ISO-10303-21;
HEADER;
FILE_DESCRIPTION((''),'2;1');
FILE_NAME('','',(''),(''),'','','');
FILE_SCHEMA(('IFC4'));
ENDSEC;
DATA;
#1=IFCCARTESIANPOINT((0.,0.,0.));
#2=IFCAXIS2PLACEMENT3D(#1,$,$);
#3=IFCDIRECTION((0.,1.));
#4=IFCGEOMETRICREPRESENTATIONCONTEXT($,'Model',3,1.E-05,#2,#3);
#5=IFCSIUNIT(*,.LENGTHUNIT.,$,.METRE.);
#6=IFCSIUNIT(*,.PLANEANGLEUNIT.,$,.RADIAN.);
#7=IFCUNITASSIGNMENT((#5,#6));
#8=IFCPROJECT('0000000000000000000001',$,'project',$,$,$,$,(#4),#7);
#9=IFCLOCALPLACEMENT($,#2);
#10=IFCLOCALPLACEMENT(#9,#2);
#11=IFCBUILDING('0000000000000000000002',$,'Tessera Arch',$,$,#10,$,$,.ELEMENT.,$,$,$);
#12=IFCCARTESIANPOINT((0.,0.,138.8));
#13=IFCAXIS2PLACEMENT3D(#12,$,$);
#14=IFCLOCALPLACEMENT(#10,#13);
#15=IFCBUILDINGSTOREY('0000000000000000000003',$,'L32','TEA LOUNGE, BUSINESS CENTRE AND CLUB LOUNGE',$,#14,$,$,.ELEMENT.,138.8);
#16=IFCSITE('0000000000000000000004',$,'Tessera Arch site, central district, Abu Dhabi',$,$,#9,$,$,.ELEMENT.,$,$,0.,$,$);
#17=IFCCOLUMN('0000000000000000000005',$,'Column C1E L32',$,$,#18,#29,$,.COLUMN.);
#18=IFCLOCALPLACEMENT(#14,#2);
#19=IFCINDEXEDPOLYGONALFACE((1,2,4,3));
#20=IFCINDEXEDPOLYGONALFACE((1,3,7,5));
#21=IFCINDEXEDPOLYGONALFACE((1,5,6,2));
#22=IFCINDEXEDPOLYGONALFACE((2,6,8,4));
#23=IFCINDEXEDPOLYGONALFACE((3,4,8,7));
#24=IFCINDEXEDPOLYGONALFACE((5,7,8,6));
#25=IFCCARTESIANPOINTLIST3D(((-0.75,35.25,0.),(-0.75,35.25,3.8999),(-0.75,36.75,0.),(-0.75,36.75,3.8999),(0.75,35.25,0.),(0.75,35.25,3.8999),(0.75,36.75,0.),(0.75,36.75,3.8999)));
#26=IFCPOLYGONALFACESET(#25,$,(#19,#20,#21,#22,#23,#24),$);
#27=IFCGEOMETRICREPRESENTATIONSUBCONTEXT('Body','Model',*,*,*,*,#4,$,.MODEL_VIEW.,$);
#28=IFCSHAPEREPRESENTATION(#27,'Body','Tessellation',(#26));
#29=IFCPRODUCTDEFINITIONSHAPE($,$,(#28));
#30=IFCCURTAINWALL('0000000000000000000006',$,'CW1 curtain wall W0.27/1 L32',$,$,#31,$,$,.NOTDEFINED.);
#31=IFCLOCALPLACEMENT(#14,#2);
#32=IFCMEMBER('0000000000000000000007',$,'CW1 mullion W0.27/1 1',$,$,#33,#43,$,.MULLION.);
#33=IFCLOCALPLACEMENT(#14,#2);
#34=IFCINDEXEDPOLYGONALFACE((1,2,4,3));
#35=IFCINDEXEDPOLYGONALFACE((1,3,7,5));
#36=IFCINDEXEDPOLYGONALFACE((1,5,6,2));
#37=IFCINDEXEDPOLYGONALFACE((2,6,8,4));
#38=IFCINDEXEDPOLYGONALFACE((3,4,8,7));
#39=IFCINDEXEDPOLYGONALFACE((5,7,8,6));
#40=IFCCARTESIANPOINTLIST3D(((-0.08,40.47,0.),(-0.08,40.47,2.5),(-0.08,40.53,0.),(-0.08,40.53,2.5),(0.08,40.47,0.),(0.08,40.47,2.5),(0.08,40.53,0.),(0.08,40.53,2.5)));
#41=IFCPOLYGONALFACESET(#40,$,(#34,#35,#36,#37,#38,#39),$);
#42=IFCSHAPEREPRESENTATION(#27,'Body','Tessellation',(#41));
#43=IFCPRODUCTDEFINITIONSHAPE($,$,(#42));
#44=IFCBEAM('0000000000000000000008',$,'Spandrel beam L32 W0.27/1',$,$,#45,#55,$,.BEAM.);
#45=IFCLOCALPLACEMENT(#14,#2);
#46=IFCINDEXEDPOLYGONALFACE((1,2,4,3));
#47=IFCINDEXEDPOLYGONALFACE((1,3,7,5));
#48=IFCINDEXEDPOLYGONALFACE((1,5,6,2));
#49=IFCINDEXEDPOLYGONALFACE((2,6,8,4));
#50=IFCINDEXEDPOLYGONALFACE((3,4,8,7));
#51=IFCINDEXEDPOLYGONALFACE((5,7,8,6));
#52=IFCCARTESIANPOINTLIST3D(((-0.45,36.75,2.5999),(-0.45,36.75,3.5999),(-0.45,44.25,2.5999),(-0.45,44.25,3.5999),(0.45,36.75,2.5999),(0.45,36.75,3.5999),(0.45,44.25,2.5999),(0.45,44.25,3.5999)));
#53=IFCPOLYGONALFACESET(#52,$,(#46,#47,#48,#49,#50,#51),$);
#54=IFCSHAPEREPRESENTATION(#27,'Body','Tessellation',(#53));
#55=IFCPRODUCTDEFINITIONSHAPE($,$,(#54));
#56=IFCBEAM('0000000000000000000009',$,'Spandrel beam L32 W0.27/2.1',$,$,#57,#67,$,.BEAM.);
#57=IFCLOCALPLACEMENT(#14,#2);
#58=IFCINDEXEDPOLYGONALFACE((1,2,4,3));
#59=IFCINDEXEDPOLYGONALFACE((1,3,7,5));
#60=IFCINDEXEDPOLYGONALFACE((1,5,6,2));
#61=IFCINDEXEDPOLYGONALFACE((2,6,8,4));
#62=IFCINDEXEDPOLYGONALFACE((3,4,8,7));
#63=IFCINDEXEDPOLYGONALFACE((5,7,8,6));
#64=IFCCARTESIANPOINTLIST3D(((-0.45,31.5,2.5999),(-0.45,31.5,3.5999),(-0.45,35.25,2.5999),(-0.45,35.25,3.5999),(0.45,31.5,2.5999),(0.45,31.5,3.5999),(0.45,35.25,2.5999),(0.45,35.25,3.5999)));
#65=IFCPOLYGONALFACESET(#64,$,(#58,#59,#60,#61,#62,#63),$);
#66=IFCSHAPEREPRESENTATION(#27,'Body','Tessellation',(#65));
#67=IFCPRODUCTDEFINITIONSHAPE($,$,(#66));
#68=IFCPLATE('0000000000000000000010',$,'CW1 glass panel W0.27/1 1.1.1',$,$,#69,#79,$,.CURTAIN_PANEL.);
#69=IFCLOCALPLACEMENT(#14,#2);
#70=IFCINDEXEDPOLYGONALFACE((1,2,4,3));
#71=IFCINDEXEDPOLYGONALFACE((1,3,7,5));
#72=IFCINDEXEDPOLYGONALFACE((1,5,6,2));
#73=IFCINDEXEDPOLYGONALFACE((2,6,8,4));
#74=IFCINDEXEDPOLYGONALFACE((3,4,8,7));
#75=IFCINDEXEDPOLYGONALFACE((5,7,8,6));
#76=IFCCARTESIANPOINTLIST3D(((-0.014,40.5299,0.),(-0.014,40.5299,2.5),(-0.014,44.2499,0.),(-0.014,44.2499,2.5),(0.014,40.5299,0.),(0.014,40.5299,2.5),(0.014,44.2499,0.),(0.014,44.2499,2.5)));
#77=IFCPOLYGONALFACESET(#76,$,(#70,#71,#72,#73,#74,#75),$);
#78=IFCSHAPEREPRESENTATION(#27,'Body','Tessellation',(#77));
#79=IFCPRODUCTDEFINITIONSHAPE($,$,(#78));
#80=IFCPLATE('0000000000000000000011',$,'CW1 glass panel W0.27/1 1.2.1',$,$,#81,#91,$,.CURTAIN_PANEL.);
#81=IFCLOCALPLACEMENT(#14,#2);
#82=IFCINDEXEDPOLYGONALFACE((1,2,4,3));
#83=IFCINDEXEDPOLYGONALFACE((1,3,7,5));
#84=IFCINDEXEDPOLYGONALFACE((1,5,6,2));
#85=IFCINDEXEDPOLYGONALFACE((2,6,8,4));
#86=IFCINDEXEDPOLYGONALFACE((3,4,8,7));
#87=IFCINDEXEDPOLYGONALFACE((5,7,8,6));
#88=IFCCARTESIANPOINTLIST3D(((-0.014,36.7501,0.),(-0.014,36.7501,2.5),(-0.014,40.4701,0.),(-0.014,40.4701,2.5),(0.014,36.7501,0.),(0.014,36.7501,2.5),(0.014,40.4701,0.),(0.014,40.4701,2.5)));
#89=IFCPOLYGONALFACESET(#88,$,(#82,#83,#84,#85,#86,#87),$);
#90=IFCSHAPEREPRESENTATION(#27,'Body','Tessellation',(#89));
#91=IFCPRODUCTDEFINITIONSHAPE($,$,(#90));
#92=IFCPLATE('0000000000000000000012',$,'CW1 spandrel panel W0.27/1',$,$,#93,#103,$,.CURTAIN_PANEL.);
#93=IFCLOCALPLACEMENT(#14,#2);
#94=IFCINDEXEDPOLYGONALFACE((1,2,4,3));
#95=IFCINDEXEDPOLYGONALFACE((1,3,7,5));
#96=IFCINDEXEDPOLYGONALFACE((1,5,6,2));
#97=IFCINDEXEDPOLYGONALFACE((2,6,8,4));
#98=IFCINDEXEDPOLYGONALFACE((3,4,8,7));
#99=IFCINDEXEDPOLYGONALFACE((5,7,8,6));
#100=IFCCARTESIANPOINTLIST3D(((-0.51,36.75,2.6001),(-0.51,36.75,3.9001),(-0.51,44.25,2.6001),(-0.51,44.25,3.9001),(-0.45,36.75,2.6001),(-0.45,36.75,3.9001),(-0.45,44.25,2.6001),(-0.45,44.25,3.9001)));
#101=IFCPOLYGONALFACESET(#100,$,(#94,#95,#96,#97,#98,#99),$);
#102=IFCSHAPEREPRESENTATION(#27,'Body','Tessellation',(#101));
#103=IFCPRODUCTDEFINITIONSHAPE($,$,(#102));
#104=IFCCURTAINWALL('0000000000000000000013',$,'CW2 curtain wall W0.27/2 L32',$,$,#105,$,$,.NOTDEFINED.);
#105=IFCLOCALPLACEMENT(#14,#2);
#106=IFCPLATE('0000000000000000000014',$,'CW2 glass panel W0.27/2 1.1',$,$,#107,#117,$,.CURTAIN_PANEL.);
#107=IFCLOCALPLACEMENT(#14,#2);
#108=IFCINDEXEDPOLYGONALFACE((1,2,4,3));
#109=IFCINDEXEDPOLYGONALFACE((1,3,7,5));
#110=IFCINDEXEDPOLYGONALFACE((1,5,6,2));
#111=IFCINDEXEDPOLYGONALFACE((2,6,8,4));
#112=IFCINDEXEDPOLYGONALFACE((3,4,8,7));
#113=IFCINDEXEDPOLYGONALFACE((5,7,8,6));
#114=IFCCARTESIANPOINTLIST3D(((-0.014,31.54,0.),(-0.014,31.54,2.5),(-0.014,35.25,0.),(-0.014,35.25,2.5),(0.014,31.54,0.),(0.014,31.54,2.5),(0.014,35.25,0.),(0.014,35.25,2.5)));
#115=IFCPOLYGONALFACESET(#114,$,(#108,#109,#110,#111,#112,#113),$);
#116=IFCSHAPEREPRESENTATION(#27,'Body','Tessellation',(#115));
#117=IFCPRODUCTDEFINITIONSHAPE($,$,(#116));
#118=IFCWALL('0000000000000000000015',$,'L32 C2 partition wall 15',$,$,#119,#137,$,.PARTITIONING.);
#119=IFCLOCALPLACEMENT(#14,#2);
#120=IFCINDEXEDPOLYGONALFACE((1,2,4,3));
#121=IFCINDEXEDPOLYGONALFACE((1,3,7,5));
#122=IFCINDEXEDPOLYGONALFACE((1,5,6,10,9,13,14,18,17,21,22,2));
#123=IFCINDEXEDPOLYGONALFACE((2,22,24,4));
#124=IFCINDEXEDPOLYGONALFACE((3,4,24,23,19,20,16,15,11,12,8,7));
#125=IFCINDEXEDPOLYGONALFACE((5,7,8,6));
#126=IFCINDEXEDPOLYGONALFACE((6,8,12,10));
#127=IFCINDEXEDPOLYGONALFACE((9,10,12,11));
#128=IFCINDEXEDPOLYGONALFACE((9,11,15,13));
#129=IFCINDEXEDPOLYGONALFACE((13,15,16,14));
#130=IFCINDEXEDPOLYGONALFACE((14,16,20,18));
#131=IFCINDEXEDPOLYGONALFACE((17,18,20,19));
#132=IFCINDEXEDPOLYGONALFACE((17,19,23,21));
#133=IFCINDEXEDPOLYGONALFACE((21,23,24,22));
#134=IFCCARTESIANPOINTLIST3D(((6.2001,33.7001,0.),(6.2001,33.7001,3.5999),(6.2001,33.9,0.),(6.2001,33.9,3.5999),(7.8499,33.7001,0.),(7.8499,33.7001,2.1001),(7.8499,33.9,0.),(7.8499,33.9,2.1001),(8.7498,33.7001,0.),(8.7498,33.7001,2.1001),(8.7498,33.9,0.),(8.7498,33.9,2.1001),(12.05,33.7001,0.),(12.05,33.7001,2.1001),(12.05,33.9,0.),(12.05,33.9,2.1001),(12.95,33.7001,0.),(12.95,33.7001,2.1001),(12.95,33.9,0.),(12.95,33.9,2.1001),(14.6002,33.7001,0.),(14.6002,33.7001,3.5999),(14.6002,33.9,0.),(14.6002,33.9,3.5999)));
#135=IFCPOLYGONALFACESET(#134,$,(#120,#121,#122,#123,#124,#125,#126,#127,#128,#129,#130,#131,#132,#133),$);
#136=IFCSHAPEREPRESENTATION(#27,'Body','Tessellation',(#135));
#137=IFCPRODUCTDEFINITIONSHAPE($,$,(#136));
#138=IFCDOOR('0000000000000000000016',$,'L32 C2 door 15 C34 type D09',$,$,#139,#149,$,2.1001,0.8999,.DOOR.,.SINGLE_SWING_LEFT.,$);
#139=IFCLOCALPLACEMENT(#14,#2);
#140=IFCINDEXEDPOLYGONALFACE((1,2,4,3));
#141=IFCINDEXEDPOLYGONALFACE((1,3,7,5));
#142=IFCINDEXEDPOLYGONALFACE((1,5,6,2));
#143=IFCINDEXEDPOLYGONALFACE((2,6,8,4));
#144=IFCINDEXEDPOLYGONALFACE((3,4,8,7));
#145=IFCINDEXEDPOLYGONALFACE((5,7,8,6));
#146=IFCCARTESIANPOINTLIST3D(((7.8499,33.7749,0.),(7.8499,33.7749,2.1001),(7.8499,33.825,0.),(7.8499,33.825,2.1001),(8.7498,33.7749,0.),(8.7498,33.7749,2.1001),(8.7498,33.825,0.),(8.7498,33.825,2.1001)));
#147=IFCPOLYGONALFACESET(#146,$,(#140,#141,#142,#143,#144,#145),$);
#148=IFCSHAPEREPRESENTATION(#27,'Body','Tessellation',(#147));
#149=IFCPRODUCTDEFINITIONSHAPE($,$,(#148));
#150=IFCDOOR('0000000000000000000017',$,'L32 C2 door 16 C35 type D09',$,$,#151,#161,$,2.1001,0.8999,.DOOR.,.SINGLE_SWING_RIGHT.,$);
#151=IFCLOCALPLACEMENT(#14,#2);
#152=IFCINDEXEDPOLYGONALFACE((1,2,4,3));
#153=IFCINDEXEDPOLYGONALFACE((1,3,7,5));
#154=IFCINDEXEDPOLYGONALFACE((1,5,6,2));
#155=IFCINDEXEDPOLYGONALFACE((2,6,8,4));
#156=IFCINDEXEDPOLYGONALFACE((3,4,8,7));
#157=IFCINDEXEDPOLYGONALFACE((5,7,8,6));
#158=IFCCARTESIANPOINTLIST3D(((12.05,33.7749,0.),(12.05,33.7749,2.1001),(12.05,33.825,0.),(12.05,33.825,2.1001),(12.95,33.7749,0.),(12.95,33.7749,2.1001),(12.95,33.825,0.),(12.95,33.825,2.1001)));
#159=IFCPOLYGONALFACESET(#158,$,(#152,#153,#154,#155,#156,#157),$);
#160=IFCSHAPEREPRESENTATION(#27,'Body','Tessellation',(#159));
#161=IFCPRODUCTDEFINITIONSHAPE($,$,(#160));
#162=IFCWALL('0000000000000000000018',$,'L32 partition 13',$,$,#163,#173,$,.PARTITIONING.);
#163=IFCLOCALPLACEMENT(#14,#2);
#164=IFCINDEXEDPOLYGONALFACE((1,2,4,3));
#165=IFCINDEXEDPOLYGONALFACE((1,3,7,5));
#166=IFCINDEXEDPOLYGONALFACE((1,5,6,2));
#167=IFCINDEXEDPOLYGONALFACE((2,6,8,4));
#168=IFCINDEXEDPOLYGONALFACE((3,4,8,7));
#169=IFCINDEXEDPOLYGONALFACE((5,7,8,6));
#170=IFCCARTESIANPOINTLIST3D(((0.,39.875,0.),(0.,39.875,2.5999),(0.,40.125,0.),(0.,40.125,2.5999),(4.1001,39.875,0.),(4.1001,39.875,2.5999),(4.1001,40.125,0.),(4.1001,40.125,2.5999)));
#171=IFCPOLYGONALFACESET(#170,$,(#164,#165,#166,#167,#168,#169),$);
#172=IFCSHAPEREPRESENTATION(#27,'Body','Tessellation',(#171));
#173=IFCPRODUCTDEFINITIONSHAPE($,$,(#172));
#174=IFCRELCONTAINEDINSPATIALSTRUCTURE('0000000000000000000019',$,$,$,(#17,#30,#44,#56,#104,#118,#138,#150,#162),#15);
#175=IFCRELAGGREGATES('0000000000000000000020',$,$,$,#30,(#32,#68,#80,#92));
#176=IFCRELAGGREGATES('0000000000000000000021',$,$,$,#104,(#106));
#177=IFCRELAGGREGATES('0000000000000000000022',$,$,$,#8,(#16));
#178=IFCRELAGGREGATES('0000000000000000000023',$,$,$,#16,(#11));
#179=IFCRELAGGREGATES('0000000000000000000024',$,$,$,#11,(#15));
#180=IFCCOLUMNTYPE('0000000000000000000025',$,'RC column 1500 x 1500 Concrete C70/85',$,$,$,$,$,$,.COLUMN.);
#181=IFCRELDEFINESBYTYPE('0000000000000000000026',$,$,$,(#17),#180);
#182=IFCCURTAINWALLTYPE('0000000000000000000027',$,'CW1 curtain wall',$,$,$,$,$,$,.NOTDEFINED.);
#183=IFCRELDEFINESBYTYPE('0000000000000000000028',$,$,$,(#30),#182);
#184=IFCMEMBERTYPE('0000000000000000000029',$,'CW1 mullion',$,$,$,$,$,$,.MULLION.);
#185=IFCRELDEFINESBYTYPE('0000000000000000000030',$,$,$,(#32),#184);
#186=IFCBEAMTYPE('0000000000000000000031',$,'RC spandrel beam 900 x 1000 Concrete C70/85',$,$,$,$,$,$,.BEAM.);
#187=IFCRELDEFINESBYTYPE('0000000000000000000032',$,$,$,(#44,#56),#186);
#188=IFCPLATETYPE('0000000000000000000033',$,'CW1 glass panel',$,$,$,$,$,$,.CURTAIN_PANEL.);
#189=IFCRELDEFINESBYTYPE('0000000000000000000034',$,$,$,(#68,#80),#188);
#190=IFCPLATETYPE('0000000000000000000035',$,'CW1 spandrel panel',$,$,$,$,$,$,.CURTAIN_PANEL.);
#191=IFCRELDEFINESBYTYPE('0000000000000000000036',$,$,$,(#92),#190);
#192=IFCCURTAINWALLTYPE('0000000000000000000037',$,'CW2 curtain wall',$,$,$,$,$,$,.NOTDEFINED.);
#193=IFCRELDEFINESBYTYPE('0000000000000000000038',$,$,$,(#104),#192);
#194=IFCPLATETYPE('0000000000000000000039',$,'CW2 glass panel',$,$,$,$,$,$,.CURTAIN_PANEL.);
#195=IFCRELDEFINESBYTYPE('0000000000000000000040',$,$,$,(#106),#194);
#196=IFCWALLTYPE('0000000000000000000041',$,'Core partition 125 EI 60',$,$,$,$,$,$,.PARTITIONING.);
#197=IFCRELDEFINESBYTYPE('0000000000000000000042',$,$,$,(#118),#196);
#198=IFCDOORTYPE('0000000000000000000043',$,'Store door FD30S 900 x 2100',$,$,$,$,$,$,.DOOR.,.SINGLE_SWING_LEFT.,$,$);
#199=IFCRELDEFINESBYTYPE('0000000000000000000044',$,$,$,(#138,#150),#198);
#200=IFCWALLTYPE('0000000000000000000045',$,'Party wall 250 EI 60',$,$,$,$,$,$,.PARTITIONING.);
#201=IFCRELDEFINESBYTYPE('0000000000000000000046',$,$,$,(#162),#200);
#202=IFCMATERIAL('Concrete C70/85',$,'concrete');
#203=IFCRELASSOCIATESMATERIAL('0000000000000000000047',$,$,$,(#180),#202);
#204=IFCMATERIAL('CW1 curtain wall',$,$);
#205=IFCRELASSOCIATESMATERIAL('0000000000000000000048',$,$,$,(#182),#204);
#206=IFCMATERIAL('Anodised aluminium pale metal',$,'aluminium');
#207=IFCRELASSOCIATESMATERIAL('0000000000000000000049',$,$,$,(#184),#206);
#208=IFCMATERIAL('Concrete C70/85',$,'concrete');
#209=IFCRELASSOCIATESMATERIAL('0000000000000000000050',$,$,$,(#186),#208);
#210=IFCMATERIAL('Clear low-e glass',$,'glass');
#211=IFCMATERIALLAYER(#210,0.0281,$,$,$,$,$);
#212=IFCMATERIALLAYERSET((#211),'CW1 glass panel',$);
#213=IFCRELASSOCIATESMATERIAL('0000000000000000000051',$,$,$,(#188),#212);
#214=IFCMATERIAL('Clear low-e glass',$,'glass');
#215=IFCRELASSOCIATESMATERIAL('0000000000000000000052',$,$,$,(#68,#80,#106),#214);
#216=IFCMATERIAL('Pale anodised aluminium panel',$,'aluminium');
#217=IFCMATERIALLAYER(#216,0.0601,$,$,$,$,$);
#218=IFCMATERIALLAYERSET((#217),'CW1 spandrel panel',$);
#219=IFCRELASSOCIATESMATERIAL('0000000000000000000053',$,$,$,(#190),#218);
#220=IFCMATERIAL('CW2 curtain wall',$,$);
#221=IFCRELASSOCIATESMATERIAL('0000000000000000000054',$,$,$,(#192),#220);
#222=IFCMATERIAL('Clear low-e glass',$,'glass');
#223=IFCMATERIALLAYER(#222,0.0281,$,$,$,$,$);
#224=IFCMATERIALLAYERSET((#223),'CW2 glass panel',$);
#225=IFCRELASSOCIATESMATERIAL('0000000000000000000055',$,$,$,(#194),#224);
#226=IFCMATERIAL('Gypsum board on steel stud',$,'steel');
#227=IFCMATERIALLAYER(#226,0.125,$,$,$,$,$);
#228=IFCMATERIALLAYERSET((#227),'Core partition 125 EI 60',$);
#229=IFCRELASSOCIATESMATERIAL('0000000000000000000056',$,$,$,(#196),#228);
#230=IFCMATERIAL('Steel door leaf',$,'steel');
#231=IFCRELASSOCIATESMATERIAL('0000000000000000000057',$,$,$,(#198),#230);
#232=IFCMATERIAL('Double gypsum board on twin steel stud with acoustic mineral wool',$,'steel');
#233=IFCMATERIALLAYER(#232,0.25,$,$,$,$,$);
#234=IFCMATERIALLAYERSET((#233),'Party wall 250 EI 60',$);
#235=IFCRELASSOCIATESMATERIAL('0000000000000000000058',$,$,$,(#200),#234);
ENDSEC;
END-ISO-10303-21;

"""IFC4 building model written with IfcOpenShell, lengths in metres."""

from ifc_helpers import new_model, si_unit, direction, frame, frame_2d, origin, origin_2d, place, context, subcontext, project, spatial, rectangle, extrude, material, layer, layer_set, material_profile, profile_set, type_object, element, fill, aggregate, save


model = new_model("IFC4")

# Units and contexts
model_context = context("Model", 3, precision=1e-05, world=origin(), true_north=direction((0.0, 1.0)))
body_context = subcontext(model_context, "Body", "Model", "MODEL_VIEW")
ifc_project = project(units=[si_unit("LENGTHUNIT", "METRE"), si_unit("PLANEANGLEUNIT", "RADIAN")], contexts=[model_context])

# Site, building, storey
site_placement = place(None, origin())
site = spatial("IfcSite", under=ifc_project, at=site_placement, Name="Tessera Arch site, central district, Abu Dhabi", CompositionType="ELEMENT", RefElevation=0.0)
building_placement = place(site_placement, origin())
building = spatial("IfcBuilding", under=site, at=building_placement, Name="Tessera Arch", CompositionType="ELEMENT")
storey_placement = place(building_placement, frame((0.0, 0.0, 138.8)))
storey = spatial("IfcBuildingStorey", under=building, at=storey_placement, Name="L32", Description="TEA LOUNGE, BUSINESS CENTRE AND CLUB LOUNGE", CompositionType="ELEMENT", Elevation=138.8)

# Column
ifc_material_1 = material(Name="Concrete C70/85", Category="concrete")
ifc_material_profile_1 = material_profile(ifc_material_1, rectangle(XDim=1.5, YDim=1.5, at=origin_2d()), Name="RC column 1500 x 1500 Concrete C70/85")
ifc_profile_set_1 = profile_set([ifc_material_profile_1], Name="Concrete C70/85")
column_type = type_object("IfcColumnType", Name="RC column 1500 x 1500 Concrete C70/85", PredefinedType="COLUMN", material=ifc_profile_set_1)
column_placement = place(storey_placement, frame((0.0, 36.0, 0.0), z_axis=(0.0, 0.0, 1.0), x_axis=(1.0, 0.0, 0.0)))
element("IfcColumn", 1, at=column_placement, inside=storey, type_object=column_type, Name="Column C1E L32", PredefinedType="COLUMN", context=body_context, shape_type="SweptSolid", body=[
    extrude(rectangle(XDim=1.5, YDim=1.5, at=origin_2d()), origin(), (0.0, 0.0, 1.0), 3.8999),
])

# Curtain wall, member
ifc_material_2 = material(Name="CW1 curtain wall")
curtain_wall_type_1 = type_object("IfcCurtainWallType", Name="CW1 curtain wall", PredefinedType="NOTDEFINED", material=ifc_material_2)
curtain_wall_1_placement = place(storey_placement, origin())
curtain_wall_1 = element("IfcCurtainWall", 2, at=curtain_wall_1_placement, inside=storey, type_object=curtain_wall_type_1, Name="CW1 curtain wall W0.27/1 L32", PredefinedType="NOTDEFINED")
ifc_material_3 = material(Name="Anodised aluminium pale metal", Category="aluminium")
ifc_material_profile_2 = material_profile(ifc_material_3, rectangle(XDim=0.1599, YDim=0.0601, at=origin_2d()), Name="AL 60x160")
ifc_profile_set_2 = profile_set([ifc_material_profile_2], Name="Anodised aluminium pale metal")
member_type = type_object("IfcMemberType", Name="CW1 mullion", PredefinedType="MULLION", material=ifc_profile_set_2)
member_placement = place(storey_placement, frame((0.0, 40.5, 0.0), z_axis=(0.0, 0.0, 1.0), x_axis=(1.0, 0.0, 0.0)))
member = element("IfcMember", 3, at=member_placement, type_object=member_type, Name="CW1 mullion W0.27/1 1", PredefinedType="MULLION", context=body_context, shape_type="SweptSolid", body=[
    extrude(rectangle(XDim=0.1599, YDim=0.0601, at=origin_2d()), origin(), (0.0, 0.0, 1.0), 2.5),
])

# Beams
ifc_material_4 = material(Name="Concrete C70/85", Category="concrete")
ifc_material_profile_3 = material_profile(ifc_material_4, rectangle(XDim=0.8999, YDim=1.0, at=origin_2d()), Name="RC spandrel beam 900 x 1000 Concrete C70/85")
ifc_profile_set_3 = profile_set([ifc_material_profile_3], Name="Concrete C70/85")
beam_type = type_object("IfcBeamType", Name="RC spandrel beam 900 x 1000 Concrete C70/85", PredefinedType="BEAM", material=ifc_profile_set_3)
beam_1_placement = place(storey_placement, frame((0.0, 44.25, 3.0999), z_axis=(0.0, -1.0, 0.0), x_axis=(1.0, 0.0, 0.0)))
element("IfcBeam", 4, at=beam_1_placement, inside=storey, type_object=beam_type, Name="Spandrel beam L32 W0.27/1", PredefinedType="BEAM", context=body_context, shape_type="SweptSolid", body=[
    extrude(rectangle(XDim=0.8999, YDim=1.0, at=origin_2d()), origin(), (0.0, 0.0, 1.0), 7.5),
])
beam_2_placement = place(storey_placement, frame((0.0, 35.25, 3.0999), z_axis=(0.0, -1.0, 0.0), x_axis=(1.0, 0.0, 0.0)))
element("IfcBeam", 5, at=beam_2_placement, inside=storey, type_object=beam_type, Name="Spandrel beam L32 W0.27/2.1", PredefinedType="BEAM", context=body_context, shape_type="SweptSolid", body=[
    extrude(rectangle(XDim=0.8999, YDim=1.0, at=origin_2d()), origin(), (0.0, 0.0, 1.0), 3.75),
])

# Plates
ifc_material_5 = material(Name="Clear low-e glass", Category="glass")
ifc_material_6 = material(Name="Clear low-e glass", Category="glass")
ifc_layer_1 = layer(ifc_material_6, 0.0281)
ifc_layer_set_1 = layer_set([ifc_layer_1], Name="CW1 glass panel")
plate_type_1 = type_object("IfcPlateType", Name="CW1 glass panel", PredefinedType="CURTAIN_PANEL", material=ifc_layer_set_1)
plate_1_placement = place(storey_placement, frame((0.0, 42.3899, 0.0), z_axis=(0.0, 0.0, 1.0), x_axis=(0.0, -1.0, 0.0)))
plate_1 = element("IfcPlate", 6, at=plate_1_placement, type_object=plate_type_1, material=ifc_material_5, Name="CW1 glass panel W0.27/1 1.1.1", PredefinedType="CURTAIN_PANEL", context=body_context, shape_type="SweptSolid", body=[
    extrude(rectangle(XDim=3.72, YDim=0.0281, at=origin_2d()), origin(), (0.0, 0.0, 1.0), 2.5),
])
plate_2_placement = place(storey_placement, frame((0.0, 38.6101, 0.0), z_axis=(0.0, 0.0, 1.0), x_axis=(0.0, -1.0, 0.0)))
plate_2 = element("IfcPlate", 7, at=plate_2_placement, type_object=plate_type_1, material=ifc_material_5, Name="CW1 glass panel W0.27/1 1.2.1", PredefinedType="CURTAIN_PANEL", context=body_context, shape_type="SweptSolid", body=[
    extrude(rectangle(XDim=3.72, YDim=0.0281, at=origin_2d()), origin(), (0.0, 0.0, 1.0), 2.5),
])
ifc_material_7 = material(Name="Pale anodised aluminium panel", Category="aluminium")
ifc_layer_2 = layer(ifc_material_7, 0.0601)
ifc_layer_set_2 = layer_set([ifc_layer_2], Name="CW1 spandrel panel")
plate_type_2 = type_object("IfcPlateType", Name="CW1 spandrel panel", PredefinedType="CURTAIN_PANEL", material=ifc_layer_set_2)
plate_3_placement = place(storey_placement, frame((-0.48, 40.5, 2.6001), z_axis=(0.0, 0.0, 1.0), x_axis=(0.0, -1.0, 0.0)))
plate_3 = element("IfcPlate", 8, at=plate_3_placement, type_object=plate_type_2, Name="CW1 spandrel panel W0.27/1", PredefinedType="CURTAIN_PANEL", context=body_context, shape_type="SweptSolid", body=[
    extrude(rectangle(XDim=7.5, YDim=0.0601, at=origin_2d()), origin(), (0.0, 0.0, 1.0), 1.3),
])
aggregate(curtain_wall_1, [member, plate_1, plate_2, plate_3])

# Curtain wall, plate
ifc_material_8 = material(Name="CW2 curtain wall")
curtain_wall_type_2 = type_object("IfcCurtainWallType", Name="CW2 curtain wall", PredefinedType="NOTDEFINED", material=ifc_material_8)
curtain_wall_2_placement = place(storey_placement, origin())
curtain_wall_2 = element("IfcCurtainWall", 9, at=curtain_wall_2_placement, inside=storey, type_object=curtain_wall_type_2, Name="CW2 curtain wall W0.27/2 L32", PredefinedType="NOTDEFINED")
ifc_material_9 = material(Name="Clear low-e glass", Category="glass")
ifc_layer_3 = layer(ifc_material_9, 0.0281)
ifc_layer_set_3 = layer_set([ifc_layer_3], Name="CW2 glass panel")
plate_type_3 = type_object("IfcPlateType", Name="CW2 glass panel", PredefinedType="CURTAIN_PANEL", material=ifc_layer_set_3)
plate_4_placement = place(storey_placement, frame((0.0, 33.395, 0.0), z_axis=(0.0, 0.0, 1.0), x_axis=(0.0, -1.0, 0.0)))
plate_4 = element("IfcPlate", 10, at=plate_4_placement, type_object=plate_type_3, material=ifc_material_5, Name="CW2 glass panel W0.27/2 1.1", PredefinedType="CURTAIN_PANEL", context=body_context, shape_type="SweptSolid", body=[
    extrude(rectangle(XDim=3.71, YDim=0.0281, at=origin_2d()), origin(), (0.0, 0.0, 1.0), 2.5),
])
aggregate(curtain_wall_2, [plate_4])

# Wall, openings, doors
ifc_material_10 = material(Name="Gypsum board on steel stud", Category="steel")
ifc_layer_4 = layer(ifc_material_10, 0.125)
ifc_layer_set_4 = layer_set([ifc_layer_4], Name="Core partition 125 EI 60")
wall_type_1 = type_object("IfcWallType", Name="Core partition 125 EI 60", PredefinedType="PARTITIONING", material=ifc_layer_set_4)
wall_1_placement = place(storey_placement, frame((6.2, 33.8, 0.0), z_axis=(0.0, 0.0, 1.0), x_axis=(1.0, 0.0, 0.0)))
wall_1 = element("IfcWall", 11, at=wall_1_placement, inside=storey, type_object=wall_type_1, Name="L32 C2 partition wall 15", PredefinedType="PARTITIONING", context=body_context, shape_type="SweptSolid", body=[
    extrude(rectangle(XDim=8.4001, YDim=0.2, at=frame_2d((4.2002, 0.0))), origin(), (0.0, 0.0, 1.0), 3.5999),
])
opening_1_placement = place(wall_1_placement, frame((1.6499, 0.0, 0.0)))
opening_1 = element("IfcOpeningElement", 12, at=opening_1_placement, cuts=wall_1, PredefinedType="OPENING", context=body_context, shape_type="SweptSolid", body=[
    extrude(rectangle(XDim=0.8999, YDim=2.1001, at=frame_2d((0.45, 1.05))), frame((0.0, 0.1099, 0.0), z_axis=(0.0, -1.0, 0.0), x_axis=(1.0, 0.0, 0.0)), (0.0, 0.0, 1.0), 0.22),
])
opening_2_placement = place(wall_1_placement, frame((5.8501, 0.0, 0.0)))
opening_2 = element("IfcOpeningElement", 13, at=opening_2_placement, cuts=wall_1, PredefinedType="OPENING", context=body_context, shape_type="SweptSolid", body=[
    extrude(rectangle(XDim=0.8999, YDim=2.1001, at=frame_2d((0.45, 1.05))), frame((0.0, 0.1099, 0.0), z_axis=(0.0, -1.0, 0.0), x_axis=(1.0, 0.0, 0.0)), (0.0, 0.0, 1.0), 0.22),
])
ifc_material_11 = material(Name="Steel door leaf", Category="steel")
door_type_1 = type_object("IfcDoorType", Name="Store door FD30S 900 x 2100", OperationType="SINGLE_SWING_LEFT", PredefinedType="DOOR", material=ifc_material_11)
door_1_placement = place(opening_1_placement, origin())
door_1 = element("IfcDoor", 14, at=door_1_placement, inside=storey, type_object=door_type_1, Name="L32 C2 door 15 C34 type D09", OperationType="SINGLE_SWING_LEFT", OverallHeight=2.1001, OverallWidth=0.8999, PredefinedType="DOOR", context=body_context, shape_type="SweptSolid", body=[
    extrude(rectangle(XDim=0.8999, YDim=2.1001, at=frame_2d((0.45, 1.05))), frame((0.0, 0.0249, 0.0), z_axis=(0.0, -1.0, 0.0), x_axis=(1.0, 0.0, 0.0)), (0.0, 0.0, 1.0), 0.05),
])
fill(opening_1, door_1)
door_2_placement = place(opening_2_placement, origin())
door_2 = element("IfcDoor", 15, at=door_2_placement, inside=storey, type_object=door_type_1, Name="L32 C2 door 16 C35 type D09", OperationType="SINGLE_SWING_RIGHT", OverallHeight=2.1001, OverallWidth=0.8999, PredefinedType="DOOR", context=body_context, shape_type="SweptSolid", body=[
    extrude(rectangle(XDim=0.8999, YDim=2.1001, at=frame_2d((0.45, 1.05))), frame((0.0, 0.0249, 0.0), z_axis=(0.0, -1.0, 0.0), x_axis=(1.0, 0.0, 0.0)), (0.0, 0.0, 1.0), 0.05),
])
fill(opening_2, door_2)

# Wall
ifc_material_12 = material(Name="Double gypsum board on twin steel stud with acoustic mineral wool", Category="steel")
ifc_layer_5 = layer(ifc_material_12, 0.25)
ifc_layer_set_5 = layer_set([ifc_layer_5], Name="Party wall 250 EI 60")
wall_type_2 = type_object("IfcWallType", Name="Party wall 250 EI 60", PredefinedType="PARTITIONING", material=ifc_layer_set_5)
wall_2_placement = place(storey_placement, frame((0.0, 40.0, 0.0), z_axis=(0.0, 0.0, 1.0), x_axis=(1.0, 0.0, 0.0)))
element("IfcWall", 16, at=wall_2_placement, inside=storey, type_object=wall_type_2, Name="L32 partition 13", PredefinedType="PARTITIONING", context=body_context, shape_type="SweptSolid", body=[
    extrude(rectangle(XDim=4.1001, YDim=0.25, at=frame_2d((2.05, 0.0))), origin(), (0.0, 0.0, 1.0), 2.5999),
])

save(model, "model.ifc")
